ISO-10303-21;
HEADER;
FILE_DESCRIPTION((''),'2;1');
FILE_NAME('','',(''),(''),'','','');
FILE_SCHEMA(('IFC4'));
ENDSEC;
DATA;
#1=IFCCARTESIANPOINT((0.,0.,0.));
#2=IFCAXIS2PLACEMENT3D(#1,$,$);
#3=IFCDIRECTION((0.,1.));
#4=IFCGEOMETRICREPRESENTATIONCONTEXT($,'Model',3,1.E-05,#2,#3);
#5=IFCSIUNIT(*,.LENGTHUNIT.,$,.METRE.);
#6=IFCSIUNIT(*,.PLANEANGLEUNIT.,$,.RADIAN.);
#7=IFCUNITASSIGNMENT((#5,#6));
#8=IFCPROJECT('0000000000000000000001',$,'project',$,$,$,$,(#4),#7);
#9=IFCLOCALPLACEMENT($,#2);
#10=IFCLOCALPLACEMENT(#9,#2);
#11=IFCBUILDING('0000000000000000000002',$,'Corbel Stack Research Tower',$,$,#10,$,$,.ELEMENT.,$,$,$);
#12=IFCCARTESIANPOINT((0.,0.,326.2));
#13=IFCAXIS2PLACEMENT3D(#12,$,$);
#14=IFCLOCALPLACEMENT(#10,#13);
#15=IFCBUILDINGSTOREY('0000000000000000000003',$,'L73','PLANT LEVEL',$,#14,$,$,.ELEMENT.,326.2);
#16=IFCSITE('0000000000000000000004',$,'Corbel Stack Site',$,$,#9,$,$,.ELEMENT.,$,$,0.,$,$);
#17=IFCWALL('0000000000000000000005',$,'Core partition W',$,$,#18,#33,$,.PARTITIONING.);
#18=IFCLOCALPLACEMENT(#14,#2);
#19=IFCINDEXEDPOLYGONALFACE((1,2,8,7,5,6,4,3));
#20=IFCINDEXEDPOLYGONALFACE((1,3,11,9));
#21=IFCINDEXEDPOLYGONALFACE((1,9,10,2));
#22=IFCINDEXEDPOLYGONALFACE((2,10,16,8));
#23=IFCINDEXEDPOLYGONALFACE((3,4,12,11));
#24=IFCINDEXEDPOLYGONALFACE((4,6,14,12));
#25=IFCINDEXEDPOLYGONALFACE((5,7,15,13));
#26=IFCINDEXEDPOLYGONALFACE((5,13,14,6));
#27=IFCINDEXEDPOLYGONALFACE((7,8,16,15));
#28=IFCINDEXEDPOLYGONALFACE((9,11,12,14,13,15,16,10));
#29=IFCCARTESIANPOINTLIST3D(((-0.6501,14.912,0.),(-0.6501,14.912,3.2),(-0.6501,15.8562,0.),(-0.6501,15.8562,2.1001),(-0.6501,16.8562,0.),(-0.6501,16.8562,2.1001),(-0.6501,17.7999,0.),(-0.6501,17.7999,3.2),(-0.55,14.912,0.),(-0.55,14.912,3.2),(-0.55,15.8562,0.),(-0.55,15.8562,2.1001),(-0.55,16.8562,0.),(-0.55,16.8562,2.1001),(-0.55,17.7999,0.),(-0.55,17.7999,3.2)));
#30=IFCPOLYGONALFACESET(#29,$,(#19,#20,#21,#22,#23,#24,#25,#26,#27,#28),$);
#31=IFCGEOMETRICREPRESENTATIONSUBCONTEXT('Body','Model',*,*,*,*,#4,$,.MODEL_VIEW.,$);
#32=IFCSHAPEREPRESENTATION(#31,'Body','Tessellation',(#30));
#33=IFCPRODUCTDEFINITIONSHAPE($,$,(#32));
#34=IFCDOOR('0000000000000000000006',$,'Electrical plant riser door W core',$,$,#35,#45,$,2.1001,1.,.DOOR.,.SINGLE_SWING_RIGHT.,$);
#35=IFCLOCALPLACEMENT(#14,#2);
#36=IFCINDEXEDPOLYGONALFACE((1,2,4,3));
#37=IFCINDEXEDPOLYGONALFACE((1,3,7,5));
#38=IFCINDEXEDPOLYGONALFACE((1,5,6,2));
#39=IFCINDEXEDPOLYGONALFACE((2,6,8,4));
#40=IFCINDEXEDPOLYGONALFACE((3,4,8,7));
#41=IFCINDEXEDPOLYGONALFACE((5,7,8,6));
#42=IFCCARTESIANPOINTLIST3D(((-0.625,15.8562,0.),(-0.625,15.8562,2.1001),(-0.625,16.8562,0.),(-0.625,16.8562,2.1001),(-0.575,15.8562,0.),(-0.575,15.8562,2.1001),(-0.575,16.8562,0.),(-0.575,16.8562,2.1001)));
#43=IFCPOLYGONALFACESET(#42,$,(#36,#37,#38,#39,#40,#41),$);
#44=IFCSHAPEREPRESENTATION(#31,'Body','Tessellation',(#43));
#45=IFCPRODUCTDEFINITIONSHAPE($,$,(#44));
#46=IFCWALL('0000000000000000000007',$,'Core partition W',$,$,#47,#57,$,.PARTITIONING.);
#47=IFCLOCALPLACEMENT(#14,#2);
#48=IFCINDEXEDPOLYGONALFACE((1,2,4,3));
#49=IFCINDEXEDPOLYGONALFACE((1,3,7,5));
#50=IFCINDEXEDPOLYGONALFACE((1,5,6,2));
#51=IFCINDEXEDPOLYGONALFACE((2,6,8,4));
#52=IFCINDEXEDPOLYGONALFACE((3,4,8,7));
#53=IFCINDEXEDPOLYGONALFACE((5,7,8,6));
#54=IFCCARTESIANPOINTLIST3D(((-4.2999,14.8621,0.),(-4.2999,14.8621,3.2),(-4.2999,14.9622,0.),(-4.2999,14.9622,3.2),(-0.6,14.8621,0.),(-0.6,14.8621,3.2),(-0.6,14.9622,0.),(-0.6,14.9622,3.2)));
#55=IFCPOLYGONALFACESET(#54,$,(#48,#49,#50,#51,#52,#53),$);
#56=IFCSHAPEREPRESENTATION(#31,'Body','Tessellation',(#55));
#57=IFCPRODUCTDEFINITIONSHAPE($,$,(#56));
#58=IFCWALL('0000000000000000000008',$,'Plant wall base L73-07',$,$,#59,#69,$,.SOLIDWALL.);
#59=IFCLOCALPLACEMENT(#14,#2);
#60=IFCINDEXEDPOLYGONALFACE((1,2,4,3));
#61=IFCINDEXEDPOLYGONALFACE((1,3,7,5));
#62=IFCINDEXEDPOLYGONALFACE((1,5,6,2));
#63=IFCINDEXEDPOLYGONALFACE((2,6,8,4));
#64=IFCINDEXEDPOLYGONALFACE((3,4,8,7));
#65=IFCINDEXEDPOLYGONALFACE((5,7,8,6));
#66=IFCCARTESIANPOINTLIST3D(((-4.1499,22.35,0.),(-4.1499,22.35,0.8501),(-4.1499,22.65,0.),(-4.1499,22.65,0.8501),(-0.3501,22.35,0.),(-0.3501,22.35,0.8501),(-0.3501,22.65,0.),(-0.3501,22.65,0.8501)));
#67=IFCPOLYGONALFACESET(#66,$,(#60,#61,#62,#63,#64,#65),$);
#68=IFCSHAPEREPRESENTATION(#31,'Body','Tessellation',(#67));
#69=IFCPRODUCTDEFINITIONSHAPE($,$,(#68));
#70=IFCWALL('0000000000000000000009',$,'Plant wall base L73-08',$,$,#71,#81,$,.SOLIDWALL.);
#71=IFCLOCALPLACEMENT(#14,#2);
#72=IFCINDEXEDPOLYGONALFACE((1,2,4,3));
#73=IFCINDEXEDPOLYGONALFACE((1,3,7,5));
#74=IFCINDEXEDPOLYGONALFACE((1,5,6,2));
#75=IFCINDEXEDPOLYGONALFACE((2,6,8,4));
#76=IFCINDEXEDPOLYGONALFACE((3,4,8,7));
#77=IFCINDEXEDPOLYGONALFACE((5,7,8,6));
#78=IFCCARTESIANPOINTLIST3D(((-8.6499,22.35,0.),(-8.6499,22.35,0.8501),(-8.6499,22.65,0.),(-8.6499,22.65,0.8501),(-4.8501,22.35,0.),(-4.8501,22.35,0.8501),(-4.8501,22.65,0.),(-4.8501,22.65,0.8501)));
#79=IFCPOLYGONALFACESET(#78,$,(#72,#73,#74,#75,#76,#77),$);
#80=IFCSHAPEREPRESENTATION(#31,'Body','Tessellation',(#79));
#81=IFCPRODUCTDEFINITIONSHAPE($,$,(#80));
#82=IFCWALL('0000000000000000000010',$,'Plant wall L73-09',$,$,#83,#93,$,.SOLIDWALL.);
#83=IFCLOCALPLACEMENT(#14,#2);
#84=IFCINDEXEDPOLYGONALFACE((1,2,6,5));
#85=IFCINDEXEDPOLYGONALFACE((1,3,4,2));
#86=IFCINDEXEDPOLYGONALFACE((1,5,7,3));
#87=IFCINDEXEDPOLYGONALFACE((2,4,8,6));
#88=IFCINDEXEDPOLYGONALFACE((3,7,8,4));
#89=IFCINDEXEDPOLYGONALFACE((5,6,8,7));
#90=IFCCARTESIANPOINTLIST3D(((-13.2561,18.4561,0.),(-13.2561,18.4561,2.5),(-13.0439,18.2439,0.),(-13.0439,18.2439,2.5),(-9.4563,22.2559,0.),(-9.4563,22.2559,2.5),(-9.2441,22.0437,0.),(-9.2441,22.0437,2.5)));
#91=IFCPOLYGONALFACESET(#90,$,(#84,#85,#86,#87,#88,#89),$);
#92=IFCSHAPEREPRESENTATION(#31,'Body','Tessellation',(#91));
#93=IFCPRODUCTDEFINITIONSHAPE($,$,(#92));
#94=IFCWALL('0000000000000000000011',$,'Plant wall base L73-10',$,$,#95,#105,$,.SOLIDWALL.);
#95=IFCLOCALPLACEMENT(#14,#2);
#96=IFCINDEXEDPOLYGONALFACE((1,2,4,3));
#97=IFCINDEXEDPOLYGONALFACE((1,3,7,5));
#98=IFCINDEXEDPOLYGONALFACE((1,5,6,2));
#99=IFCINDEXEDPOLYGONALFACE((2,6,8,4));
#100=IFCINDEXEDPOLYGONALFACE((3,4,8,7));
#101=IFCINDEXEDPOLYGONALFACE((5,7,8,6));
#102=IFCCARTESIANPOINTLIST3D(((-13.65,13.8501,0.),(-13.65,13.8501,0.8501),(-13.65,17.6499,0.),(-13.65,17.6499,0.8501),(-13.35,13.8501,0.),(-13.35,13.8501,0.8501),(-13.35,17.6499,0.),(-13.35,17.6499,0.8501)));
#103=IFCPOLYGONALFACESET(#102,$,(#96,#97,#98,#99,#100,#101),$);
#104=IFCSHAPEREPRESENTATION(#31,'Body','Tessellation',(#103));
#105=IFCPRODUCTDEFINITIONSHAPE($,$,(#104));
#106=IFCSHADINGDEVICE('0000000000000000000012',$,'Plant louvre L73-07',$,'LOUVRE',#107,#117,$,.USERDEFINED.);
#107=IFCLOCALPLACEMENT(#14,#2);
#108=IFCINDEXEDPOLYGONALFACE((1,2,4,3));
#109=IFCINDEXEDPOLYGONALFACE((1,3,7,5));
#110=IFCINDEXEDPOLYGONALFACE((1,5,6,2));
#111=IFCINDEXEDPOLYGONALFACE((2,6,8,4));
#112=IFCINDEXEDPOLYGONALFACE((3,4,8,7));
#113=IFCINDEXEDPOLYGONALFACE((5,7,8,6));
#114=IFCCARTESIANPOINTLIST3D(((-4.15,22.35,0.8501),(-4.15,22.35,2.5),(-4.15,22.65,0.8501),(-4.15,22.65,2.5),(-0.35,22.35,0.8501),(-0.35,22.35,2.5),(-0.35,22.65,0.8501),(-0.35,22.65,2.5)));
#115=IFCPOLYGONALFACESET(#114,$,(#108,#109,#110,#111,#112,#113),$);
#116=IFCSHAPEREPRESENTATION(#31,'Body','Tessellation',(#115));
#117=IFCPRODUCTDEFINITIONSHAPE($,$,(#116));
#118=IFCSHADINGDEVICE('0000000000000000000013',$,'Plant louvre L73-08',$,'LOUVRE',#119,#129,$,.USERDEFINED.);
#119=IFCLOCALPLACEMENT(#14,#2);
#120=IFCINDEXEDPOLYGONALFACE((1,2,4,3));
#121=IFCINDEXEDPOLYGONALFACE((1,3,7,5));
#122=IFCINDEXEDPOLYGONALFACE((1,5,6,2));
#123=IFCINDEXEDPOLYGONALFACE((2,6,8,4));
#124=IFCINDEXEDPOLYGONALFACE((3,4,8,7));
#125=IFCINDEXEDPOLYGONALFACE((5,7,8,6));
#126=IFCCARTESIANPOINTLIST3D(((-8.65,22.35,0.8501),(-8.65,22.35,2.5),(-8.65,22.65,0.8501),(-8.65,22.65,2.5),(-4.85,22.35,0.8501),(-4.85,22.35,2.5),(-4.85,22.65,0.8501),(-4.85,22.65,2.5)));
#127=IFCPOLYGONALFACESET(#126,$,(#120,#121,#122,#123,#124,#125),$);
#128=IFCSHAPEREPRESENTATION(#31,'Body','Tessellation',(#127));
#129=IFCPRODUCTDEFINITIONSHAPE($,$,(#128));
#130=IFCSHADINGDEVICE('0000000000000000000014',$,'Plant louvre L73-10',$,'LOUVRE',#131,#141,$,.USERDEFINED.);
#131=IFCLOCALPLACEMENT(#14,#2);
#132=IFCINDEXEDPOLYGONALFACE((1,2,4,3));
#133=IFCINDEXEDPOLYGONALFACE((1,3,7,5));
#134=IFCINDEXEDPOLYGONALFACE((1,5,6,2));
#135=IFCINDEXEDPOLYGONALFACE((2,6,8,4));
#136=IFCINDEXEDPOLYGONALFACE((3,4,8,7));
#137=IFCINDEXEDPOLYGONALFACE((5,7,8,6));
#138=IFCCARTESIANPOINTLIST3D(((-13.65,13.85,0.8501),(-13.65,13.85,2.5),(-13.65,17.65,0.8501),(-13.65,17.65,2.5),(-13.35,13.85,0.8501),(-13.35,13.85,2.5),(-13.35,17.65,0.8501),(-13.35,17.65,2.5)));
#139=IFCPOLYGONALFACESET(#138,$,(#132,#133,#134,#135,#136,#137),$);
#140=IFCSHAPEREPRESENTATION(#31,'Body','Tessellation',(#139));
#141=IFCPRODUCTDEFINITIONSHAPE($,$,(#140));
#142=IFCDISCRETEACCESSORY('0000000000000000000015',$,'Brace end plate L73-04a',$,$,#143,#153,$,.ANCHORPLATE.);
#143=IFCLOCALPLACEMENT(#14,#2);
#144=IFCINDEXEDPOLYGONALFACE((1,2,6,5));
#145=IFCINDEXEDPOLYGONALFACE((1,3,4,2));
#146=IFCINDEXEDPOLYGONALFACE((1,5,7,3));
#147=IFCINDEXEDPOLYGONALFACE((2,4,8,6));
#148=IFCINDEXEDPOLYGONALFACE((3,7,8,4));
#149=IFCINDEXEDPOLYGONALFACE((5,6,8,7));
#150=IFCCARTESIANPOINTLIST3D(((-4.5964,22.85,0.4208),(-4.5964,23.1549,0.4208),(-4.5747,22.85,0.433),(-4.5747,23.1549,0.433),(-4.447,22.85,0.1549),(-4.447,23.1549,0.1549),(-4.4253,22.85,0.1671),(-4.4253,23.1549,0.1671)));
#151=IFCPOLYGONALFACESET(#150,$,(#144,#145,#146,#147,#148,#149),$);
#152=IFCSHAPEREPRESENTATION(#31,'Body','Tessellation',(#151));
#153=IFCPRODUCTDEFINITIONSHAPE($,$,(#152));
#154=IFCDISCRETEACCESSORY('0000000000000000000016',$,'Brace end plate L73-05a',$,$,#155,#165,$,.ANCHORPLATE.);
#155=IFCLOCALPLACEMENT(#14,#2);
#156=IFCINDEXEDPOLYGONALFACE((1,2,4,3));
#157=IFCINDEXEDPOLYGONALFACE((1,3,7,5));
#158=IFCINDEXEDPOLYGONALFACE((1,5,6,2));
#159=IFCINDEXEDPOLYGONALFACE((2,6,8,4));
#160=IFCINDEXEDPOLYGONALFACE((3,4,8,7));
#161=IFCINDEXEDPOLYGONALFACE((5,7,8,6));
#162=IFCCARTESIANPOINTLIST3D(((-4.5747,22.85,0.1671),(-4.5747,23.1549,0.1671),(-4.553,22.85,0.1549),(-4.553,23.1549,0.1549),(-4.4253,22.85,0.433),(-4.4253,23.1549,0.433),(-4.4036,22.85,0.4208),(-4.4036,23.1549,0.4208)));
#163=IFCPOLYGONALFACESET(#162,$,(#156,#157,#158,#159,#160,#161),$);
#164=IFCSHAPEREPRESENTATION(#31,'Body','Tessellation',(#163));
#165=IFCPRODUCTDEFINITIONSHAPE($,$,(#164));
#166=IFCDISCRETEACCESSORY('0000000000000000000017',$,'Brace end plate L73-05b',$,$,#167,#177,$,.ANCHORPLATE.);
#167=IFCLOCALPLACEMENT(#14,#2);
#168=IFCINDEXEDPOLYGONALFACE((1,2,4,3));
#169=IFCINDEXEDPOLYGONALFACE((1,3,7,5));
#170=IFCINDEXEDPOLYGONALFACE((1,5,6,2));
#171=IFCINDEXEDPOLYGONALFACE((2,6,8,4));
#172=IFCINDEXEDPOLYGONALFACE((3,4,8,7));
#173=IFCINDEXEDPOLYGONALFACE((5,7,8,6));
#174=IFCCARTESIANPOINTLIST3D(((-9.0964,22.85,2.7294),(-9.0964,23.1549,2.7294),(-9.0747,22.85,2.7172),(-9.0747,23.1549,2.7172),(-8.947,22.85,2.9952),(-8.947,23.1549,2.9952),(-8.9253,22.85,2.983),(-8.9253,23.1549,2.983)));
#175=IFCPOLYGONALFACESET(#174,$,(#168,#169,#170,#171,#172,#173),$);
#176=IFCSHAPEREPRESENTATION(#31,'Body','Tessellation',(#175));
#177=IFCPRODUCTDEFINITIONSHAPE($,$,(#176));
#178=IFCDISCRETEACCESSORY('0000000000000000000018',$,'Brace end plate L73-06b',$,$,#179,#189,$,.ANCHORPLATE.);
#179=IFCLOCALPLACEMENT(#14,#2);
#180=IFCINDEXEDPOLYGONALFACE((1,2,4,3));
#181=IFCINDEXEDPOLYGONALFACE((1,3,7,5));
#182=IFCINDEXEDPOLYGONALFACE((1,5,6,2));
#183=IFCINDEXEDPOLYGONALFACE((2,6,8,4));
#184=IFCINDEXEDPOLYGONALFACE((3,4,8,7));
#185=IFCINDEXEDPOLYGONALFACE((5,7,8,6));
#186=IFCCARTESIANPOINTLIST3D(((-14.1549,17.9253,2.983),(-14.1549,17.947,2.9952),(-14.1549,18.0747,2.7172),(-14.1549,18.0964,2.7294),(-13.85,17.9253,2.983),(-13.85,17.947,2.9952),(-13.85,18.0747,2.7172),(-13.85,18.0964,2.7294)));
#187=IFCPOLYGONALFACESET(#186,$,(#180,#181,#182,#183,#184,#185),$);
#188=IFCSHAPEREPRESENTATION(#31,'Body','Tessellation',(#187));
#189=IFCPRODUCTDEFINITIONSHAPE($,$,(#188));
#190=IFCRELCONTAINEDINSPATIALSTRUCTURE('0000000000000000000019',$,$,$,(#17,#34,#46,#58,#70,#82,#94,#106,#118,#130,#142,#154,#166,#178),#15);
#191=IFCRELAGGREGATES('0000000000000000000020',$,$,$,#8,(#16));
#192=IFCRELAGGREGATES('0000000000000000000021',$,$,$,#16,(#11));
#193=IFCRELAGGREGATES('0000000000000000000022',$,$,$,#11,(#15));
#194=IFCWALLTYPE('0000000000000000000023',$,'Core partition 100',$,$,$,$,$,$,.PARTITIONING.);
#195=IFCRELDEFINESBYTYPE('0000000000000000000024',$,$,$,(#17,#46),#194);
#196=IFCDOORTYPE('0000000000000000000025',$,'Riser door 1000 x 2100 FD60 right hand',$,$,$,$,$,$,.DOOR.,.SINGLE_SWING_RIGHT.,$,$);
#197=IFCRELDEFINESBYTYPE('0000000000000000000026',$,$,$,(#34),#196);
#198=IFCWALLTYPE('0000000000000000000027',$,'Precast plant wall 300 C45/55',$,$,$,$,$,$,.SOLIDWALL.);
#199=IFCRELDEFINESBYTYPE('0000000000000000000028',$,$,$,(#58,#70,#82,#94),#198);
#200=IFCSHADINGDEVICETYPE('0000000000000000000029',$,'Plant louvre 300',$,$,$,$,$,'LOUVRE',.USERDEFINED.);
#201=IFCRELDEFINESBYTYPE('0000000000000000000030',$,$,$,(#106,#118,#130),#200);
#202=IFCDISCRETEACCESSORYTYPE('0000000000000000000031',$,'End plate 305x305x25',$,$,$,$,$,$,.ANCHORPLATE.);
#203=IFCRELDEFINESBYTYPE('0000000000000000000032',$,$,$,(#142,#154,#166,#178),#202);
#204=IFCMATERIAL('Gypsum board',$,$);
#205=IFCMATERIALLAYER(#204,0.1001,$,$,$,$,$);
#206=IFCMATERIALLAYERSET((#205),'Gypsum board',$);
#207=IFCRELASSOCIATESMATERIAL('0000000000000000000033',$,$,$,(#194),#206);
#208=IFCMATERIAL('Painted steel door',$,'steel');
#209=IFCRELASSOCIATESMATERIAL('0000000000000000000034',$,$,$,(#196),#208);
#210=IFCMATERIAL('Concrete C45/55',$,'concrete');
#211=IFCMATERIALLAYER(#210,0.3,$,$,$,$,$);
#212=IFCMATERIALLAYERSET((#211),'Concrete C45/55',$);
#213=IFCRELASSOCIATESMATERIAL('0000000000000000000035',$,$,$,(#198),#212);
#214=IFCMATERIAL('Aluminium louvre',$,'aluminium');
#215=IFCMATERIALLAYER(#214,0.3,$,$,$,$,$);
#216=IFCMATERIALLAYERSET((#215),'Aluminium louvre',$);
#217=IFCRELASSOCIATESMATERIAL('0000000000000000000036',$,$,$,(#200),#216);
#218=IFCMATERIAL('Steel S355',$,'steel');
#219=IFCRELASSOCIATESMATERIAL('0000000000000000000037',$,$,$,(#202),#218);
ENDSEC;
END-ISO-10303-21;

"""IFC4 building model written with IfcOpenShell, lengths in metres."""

from ifc_helpers import new_model, si_unit, direction, frame, frame_2d, origin, origin_2d, place, context, subcontext, project, spatial, rectangle, extrude, material, layer, layer_set, material_profile, profile_set, type_object, element, fill, save


model = new_model("IFC4")

# Units and contexts
model_context = context("Model", 3, precision=1e-05, world=origin(), true_north=direction((0.0, 1.0)))
body_context = subcontext(model_context, "Body", "Model", "MODEL_VIEW")
ifc_project = project(units=[si_unit("LENGTHUNIT", "METRE"), si_unit("PLANEANGLEUNIT", "RADIAN")], contexts=[model_context])

# Site, building, storey
site_placement = place(None, origin())
site = spatial("IfcSite", under=ifc_project, at=site_placement, Name="Corbel Stack Site", CompositionType="ELEMENT", RefElevation=0.0)
building_placement = place(site_placement, origin())
building = spatial("IfcBuilding", under=site, at=building_placement, Name="Corbel Stack Research Tower", CompositionType="ELEMENT")
storey_placement = place(building_placement, frame((0.0, 0.0, 326.2)))
storey = spatial("IfcBuildingStorey", under=building, at=storey_placement, Name="L73", Description="PLANT LEVEL", CompositionType="ELEMENT", Elevation=326.2)

# Wall, opening, door
ifc_material_1 = material(Name="Gypsum board")
ifc_layer_1 = layer(ifc_material_1, 0.1001)
ifc_layer_set_1 = layer_set([ifc_layer_1], Name="Gypsum board")
wall_type_1 = type_object("IfcWallType", Name="Core partition 100", PredefinedType="PARTITIONING", material=ifc_layer_set_1)
wall_1_placement = place(storey_placement, frame((-0.6001, 14.9121, 0.0), z_axis=(0.0, 0.0, 1.0), x_axis=(0.0, 1.0, 0.0)))
wall_1 = element("IfcWall", 1, at=wall_1_placement, inside=storey, type_object=wall_type_1, Name="Core partition W", PredefinedType="PARTITIONING", context=body_context, shape_type="SweptSolid", body=[
    extrude(rectangle(XDim=2.8879, YDim=0.1001, at=frame_2d((1.4438, 0.0))), origin(), (0.0, 0.0, 1.0), 3.2),
])
opening_1_placement = place(wall_1_placement, frame((0.9441, 0.0, 0.0)))
opening_1 = element("IfcOpeningElement", 2, at=opening_1_placement, cuts=wall_1, PredefinedType="OPENING", context=body_context, shape_type="SweptSolid", body=[
    extrude(rectangle(XDim=1.0, YDim=2.1001, at=frame_2d((0.5, 1.05))), frame((0.0, 0.0601, 0.0), z_axis=(0.0, -1.0, 0.0), x_axis=(1.0, 0.0, 0.0)), (0.0, 0.0, 1.0), 0.1201),
])
ifc_material_2 = material(Name="Painted steel door", Category="steel")
door_type_1 = type_object("IfcDoorType", Name="Riser door 1000 x 2100 FD60 right hand", OperationType="SINGLE_SWING_RIGHT", PredefinedType="DOOR", material=ifc_material_2)
door_1_placement = place(opening_1_placement, origin())
door_1 = element("IfcDoor", 3, at=door_1_placement, inside=storey, type_object=door_type_1, Name="Electrical plant riser door W core", OperationType="SINGLE_SWING_RIGHT", OverallHeight=2.1001, OverallWidth=1.0, PredefinedType="DOOR", context=body_context, shape_type="SweptSolid", body=[
    extrude(rectangle(XDim=1.0, YDim=2.1001, at=frame_2d((0.5, 1.05))), frame((0.0, 0.0249, 0.0), z_axis=(0.0, -1.0, 0.0), x_axis=(1.0, 0.0, 0.0)), (0.0, 0.0, 1.0), 0.05),
])
fill(opening_1, door_1)

# Walls
wall_2_placement = place(storey_placement, frame((-4.3, 14.9121, 0.0), z_axis=(0.0, 0.0, 1.0), x_axis=(1.0, 0.0, 0.0)))
element("IfcWall", 4, at=wall_2_placement, inside=storey, type_object=wall_type_1, Name="Core partition W", PredefinedType="PARTITIONING", context=body_context, shape_type="SweptSolid", body=[
    extrude(rectangle(XDim=3.7, YDim=0.1001, at=frame_2d((1.8501, 0.0))), origin(), (0.0, 0.0, 1.0), 3.2),
])
ifc_material_3 = material(Name="Concrete C45/55", Category="concrete")
ifc_layer_2 = layer(ifc_material_3, 0.3)
ifc_layer_set_2 = layer_set([ifc_layer_2], Name="Concrete C45/55")
wall_type_2 = type_object("IfcWallType", Name="Precast plant wall 300 C45/55", PredefinedType="SOLIDWALL", material=ifc_layer_set_2)
for number, where, z_axis, x_axis, name in (
    (5, (-0.3501, 22.5, 0.0), (0.0, 0.0, 1.0), (-1.0, 0.0, 0.0), "Plant wall base L73-07"),
    (6, (-4.8501, 22.5, 0.0), (0.0, 0.0, 1.0), (-1.0, 0.0, 0.0), "Plant wall base L73-08"),
):
    element("IfcWall", number, at=place(storey_placement, frame(where, z_axis=z_axis, x_axis=x_axis)), inside=storey, type_object=wall_type_2, Name=name, PredefinedType="SOLIDWALL", context=body_context, shape_type="SweptSolid", body=[
        extrude(rectangle(XDim=3.7998, YDim=0.3, at=frame_2d((1.8999, 0.0))), origin(), (0.0, 0.0, 1.0), 0.8501),
    ])
wall_3_placement = place(storey_placement, frame((-9.3501, 22.1499, 0.0), z_axis=(0.0, 0.0, 1.0), x_axis=(-0.707107, -0.707107, 0.0)))
element("IfcWall", 7, at=wall_3_placement, inside=storey, type_object=wall_type_2, Name="Plant wall L73-09", PredefinedType="SOLIDWALL", context=body_context, shape_type="SweptSolid", body=[
    extrude(rectangle(XDim=5.3738, YDim=0.3, at=frame_2d((2.687, 0.0))), origin(), (0.0, 0.0, 1.0), 2.5),
])
wall_4_placement = place(storey_placement, frame((-13.5, 17.6499, 0.0), z_axis=(0.0, 0.0, 1.0), x_axis=(0.0, -1.0, 0.0)))
element("IfcWall", 8, at=wall_4_placement, inside=storey, type_object=wall_type_2, Name="Plant wall base L73-10", PredefinedType="SOLIDWALL", context=body_context, shape_type="SweptSolid", body=[
    extrude(rectangle(XDim=3.7998, YDim=0.3, at=frame_2d((1.8999, 0.0))), origin(), (0.0, 0.0, 1.0), 0.8501),
])

# Shading devices
ifc_material_4 = material(Name="Aluminium louvre", Category="aluminium")
ifc_layer_3 = layer(ifc_material_4, 0.3)
ifc_layer_set_3 = layer_set([ifc_layer_3], Name="Aluminium louvre")
shading_device_type = type_object("IfcShadingDeviceType", Name="Plant louvre 300", ElementType="LOUVRE", PredefinedType="USERDEFINED", material=ifc_layer_set_3)
for number, where, z_axis, x_axis, name in (
    (9, (-2.25, 22.5, 0.8501), (0.0, 0.0, 1.0), (-1.0, 0.0, 0.0), "Plant louvre L73-07"),
    (10, (-6.75, 22.5, 0.8501), (0.0, 0.0, 1.0), (-1.0, 0.0, 0.0), "Plant louvre L73-08"),
    (11, (-13.5, 15.75, 0.8501), (0.0, 0.0, 1.0), (0.0, -1.0, 0.0), "Plant louvre L73-10"),
):
    element("IfcShadingDevice", number, at=place(storey_placement, frame(where, z_axis=z_axis, x_axis=x_axis)), inside=storey, type_object=shading_device_type, Name=name, ObjectType="LOUVRE", PredefinedType="USERDEFINED", context=body_context, shape_type="SweptSolid", body=[
        extrude(rectangle(XDim=3.8, YDim=0.3, at=origin_2d()), origin(), (0.0, 0.0, 1.0), 1.6499),
    ])

# Discrete accessories
ifc_material_5 = material(Name="Steel S355", Category="steel")
ifc_material_profile_1 = material_profile(ifc_material_5, rectangle(XDim=0.3049, YDim=0.3049, at=origin_2d()), Name="End plate 305x305x25")
ifc_profile_set_1 = profile_set([ifc_material_profile_1], Name="Steel S355")
discrete_accessory_type = type_object("IfcDiscreteAccessoryType", Name="End plate 305x305x25", PredefinedType="ANCHORPLATE", material=ifc_profile_set_1)
for number, where, z_axis, x_axis, name in (
    (12, (-4.5, 23.0024, 0.3), (-0.871837, 0.0, -0.489796), (0.0, -1.0, 0.0), "Brace end plate L73-04a"),
    (13, (-4.5, 23.0024, 0.3), (0.871837, 0.0, -0.489796), (0.0, 1.0, 0.0), "Brace end plate L73-05a"),
    (14, (-9.0, 23.0024, 2.8501), (-0.871837, 0.0, 0.489796), (0.0, -1.0, 0.0), "Brace end plate L73-05b"),
    (15, (-14.0024, 18.0, 2.8501), (0.0, 0.871837, 0.489796), (-1.0, 0.0, 0.0), "Brace end plate L73-06b"),
):
    element("IfcDiscreteAccessory", number, at=place(storey_placement, frame(where, z_axis=z_axis, x_axis=x_axis)), inside=storey, type_object=discrete_accessory_type, Name=name, PredefinedType="ANCHORPLATE", context=body_context, shape_type="SweptSolid", body=[
        extrude(rectangle(XDim=0.3049, YDim=0.3049, at=origin_2d()), origin(), (0.0, 0.0, 1.0), 0.0249),
    ])

save(model, "model.ifc")
